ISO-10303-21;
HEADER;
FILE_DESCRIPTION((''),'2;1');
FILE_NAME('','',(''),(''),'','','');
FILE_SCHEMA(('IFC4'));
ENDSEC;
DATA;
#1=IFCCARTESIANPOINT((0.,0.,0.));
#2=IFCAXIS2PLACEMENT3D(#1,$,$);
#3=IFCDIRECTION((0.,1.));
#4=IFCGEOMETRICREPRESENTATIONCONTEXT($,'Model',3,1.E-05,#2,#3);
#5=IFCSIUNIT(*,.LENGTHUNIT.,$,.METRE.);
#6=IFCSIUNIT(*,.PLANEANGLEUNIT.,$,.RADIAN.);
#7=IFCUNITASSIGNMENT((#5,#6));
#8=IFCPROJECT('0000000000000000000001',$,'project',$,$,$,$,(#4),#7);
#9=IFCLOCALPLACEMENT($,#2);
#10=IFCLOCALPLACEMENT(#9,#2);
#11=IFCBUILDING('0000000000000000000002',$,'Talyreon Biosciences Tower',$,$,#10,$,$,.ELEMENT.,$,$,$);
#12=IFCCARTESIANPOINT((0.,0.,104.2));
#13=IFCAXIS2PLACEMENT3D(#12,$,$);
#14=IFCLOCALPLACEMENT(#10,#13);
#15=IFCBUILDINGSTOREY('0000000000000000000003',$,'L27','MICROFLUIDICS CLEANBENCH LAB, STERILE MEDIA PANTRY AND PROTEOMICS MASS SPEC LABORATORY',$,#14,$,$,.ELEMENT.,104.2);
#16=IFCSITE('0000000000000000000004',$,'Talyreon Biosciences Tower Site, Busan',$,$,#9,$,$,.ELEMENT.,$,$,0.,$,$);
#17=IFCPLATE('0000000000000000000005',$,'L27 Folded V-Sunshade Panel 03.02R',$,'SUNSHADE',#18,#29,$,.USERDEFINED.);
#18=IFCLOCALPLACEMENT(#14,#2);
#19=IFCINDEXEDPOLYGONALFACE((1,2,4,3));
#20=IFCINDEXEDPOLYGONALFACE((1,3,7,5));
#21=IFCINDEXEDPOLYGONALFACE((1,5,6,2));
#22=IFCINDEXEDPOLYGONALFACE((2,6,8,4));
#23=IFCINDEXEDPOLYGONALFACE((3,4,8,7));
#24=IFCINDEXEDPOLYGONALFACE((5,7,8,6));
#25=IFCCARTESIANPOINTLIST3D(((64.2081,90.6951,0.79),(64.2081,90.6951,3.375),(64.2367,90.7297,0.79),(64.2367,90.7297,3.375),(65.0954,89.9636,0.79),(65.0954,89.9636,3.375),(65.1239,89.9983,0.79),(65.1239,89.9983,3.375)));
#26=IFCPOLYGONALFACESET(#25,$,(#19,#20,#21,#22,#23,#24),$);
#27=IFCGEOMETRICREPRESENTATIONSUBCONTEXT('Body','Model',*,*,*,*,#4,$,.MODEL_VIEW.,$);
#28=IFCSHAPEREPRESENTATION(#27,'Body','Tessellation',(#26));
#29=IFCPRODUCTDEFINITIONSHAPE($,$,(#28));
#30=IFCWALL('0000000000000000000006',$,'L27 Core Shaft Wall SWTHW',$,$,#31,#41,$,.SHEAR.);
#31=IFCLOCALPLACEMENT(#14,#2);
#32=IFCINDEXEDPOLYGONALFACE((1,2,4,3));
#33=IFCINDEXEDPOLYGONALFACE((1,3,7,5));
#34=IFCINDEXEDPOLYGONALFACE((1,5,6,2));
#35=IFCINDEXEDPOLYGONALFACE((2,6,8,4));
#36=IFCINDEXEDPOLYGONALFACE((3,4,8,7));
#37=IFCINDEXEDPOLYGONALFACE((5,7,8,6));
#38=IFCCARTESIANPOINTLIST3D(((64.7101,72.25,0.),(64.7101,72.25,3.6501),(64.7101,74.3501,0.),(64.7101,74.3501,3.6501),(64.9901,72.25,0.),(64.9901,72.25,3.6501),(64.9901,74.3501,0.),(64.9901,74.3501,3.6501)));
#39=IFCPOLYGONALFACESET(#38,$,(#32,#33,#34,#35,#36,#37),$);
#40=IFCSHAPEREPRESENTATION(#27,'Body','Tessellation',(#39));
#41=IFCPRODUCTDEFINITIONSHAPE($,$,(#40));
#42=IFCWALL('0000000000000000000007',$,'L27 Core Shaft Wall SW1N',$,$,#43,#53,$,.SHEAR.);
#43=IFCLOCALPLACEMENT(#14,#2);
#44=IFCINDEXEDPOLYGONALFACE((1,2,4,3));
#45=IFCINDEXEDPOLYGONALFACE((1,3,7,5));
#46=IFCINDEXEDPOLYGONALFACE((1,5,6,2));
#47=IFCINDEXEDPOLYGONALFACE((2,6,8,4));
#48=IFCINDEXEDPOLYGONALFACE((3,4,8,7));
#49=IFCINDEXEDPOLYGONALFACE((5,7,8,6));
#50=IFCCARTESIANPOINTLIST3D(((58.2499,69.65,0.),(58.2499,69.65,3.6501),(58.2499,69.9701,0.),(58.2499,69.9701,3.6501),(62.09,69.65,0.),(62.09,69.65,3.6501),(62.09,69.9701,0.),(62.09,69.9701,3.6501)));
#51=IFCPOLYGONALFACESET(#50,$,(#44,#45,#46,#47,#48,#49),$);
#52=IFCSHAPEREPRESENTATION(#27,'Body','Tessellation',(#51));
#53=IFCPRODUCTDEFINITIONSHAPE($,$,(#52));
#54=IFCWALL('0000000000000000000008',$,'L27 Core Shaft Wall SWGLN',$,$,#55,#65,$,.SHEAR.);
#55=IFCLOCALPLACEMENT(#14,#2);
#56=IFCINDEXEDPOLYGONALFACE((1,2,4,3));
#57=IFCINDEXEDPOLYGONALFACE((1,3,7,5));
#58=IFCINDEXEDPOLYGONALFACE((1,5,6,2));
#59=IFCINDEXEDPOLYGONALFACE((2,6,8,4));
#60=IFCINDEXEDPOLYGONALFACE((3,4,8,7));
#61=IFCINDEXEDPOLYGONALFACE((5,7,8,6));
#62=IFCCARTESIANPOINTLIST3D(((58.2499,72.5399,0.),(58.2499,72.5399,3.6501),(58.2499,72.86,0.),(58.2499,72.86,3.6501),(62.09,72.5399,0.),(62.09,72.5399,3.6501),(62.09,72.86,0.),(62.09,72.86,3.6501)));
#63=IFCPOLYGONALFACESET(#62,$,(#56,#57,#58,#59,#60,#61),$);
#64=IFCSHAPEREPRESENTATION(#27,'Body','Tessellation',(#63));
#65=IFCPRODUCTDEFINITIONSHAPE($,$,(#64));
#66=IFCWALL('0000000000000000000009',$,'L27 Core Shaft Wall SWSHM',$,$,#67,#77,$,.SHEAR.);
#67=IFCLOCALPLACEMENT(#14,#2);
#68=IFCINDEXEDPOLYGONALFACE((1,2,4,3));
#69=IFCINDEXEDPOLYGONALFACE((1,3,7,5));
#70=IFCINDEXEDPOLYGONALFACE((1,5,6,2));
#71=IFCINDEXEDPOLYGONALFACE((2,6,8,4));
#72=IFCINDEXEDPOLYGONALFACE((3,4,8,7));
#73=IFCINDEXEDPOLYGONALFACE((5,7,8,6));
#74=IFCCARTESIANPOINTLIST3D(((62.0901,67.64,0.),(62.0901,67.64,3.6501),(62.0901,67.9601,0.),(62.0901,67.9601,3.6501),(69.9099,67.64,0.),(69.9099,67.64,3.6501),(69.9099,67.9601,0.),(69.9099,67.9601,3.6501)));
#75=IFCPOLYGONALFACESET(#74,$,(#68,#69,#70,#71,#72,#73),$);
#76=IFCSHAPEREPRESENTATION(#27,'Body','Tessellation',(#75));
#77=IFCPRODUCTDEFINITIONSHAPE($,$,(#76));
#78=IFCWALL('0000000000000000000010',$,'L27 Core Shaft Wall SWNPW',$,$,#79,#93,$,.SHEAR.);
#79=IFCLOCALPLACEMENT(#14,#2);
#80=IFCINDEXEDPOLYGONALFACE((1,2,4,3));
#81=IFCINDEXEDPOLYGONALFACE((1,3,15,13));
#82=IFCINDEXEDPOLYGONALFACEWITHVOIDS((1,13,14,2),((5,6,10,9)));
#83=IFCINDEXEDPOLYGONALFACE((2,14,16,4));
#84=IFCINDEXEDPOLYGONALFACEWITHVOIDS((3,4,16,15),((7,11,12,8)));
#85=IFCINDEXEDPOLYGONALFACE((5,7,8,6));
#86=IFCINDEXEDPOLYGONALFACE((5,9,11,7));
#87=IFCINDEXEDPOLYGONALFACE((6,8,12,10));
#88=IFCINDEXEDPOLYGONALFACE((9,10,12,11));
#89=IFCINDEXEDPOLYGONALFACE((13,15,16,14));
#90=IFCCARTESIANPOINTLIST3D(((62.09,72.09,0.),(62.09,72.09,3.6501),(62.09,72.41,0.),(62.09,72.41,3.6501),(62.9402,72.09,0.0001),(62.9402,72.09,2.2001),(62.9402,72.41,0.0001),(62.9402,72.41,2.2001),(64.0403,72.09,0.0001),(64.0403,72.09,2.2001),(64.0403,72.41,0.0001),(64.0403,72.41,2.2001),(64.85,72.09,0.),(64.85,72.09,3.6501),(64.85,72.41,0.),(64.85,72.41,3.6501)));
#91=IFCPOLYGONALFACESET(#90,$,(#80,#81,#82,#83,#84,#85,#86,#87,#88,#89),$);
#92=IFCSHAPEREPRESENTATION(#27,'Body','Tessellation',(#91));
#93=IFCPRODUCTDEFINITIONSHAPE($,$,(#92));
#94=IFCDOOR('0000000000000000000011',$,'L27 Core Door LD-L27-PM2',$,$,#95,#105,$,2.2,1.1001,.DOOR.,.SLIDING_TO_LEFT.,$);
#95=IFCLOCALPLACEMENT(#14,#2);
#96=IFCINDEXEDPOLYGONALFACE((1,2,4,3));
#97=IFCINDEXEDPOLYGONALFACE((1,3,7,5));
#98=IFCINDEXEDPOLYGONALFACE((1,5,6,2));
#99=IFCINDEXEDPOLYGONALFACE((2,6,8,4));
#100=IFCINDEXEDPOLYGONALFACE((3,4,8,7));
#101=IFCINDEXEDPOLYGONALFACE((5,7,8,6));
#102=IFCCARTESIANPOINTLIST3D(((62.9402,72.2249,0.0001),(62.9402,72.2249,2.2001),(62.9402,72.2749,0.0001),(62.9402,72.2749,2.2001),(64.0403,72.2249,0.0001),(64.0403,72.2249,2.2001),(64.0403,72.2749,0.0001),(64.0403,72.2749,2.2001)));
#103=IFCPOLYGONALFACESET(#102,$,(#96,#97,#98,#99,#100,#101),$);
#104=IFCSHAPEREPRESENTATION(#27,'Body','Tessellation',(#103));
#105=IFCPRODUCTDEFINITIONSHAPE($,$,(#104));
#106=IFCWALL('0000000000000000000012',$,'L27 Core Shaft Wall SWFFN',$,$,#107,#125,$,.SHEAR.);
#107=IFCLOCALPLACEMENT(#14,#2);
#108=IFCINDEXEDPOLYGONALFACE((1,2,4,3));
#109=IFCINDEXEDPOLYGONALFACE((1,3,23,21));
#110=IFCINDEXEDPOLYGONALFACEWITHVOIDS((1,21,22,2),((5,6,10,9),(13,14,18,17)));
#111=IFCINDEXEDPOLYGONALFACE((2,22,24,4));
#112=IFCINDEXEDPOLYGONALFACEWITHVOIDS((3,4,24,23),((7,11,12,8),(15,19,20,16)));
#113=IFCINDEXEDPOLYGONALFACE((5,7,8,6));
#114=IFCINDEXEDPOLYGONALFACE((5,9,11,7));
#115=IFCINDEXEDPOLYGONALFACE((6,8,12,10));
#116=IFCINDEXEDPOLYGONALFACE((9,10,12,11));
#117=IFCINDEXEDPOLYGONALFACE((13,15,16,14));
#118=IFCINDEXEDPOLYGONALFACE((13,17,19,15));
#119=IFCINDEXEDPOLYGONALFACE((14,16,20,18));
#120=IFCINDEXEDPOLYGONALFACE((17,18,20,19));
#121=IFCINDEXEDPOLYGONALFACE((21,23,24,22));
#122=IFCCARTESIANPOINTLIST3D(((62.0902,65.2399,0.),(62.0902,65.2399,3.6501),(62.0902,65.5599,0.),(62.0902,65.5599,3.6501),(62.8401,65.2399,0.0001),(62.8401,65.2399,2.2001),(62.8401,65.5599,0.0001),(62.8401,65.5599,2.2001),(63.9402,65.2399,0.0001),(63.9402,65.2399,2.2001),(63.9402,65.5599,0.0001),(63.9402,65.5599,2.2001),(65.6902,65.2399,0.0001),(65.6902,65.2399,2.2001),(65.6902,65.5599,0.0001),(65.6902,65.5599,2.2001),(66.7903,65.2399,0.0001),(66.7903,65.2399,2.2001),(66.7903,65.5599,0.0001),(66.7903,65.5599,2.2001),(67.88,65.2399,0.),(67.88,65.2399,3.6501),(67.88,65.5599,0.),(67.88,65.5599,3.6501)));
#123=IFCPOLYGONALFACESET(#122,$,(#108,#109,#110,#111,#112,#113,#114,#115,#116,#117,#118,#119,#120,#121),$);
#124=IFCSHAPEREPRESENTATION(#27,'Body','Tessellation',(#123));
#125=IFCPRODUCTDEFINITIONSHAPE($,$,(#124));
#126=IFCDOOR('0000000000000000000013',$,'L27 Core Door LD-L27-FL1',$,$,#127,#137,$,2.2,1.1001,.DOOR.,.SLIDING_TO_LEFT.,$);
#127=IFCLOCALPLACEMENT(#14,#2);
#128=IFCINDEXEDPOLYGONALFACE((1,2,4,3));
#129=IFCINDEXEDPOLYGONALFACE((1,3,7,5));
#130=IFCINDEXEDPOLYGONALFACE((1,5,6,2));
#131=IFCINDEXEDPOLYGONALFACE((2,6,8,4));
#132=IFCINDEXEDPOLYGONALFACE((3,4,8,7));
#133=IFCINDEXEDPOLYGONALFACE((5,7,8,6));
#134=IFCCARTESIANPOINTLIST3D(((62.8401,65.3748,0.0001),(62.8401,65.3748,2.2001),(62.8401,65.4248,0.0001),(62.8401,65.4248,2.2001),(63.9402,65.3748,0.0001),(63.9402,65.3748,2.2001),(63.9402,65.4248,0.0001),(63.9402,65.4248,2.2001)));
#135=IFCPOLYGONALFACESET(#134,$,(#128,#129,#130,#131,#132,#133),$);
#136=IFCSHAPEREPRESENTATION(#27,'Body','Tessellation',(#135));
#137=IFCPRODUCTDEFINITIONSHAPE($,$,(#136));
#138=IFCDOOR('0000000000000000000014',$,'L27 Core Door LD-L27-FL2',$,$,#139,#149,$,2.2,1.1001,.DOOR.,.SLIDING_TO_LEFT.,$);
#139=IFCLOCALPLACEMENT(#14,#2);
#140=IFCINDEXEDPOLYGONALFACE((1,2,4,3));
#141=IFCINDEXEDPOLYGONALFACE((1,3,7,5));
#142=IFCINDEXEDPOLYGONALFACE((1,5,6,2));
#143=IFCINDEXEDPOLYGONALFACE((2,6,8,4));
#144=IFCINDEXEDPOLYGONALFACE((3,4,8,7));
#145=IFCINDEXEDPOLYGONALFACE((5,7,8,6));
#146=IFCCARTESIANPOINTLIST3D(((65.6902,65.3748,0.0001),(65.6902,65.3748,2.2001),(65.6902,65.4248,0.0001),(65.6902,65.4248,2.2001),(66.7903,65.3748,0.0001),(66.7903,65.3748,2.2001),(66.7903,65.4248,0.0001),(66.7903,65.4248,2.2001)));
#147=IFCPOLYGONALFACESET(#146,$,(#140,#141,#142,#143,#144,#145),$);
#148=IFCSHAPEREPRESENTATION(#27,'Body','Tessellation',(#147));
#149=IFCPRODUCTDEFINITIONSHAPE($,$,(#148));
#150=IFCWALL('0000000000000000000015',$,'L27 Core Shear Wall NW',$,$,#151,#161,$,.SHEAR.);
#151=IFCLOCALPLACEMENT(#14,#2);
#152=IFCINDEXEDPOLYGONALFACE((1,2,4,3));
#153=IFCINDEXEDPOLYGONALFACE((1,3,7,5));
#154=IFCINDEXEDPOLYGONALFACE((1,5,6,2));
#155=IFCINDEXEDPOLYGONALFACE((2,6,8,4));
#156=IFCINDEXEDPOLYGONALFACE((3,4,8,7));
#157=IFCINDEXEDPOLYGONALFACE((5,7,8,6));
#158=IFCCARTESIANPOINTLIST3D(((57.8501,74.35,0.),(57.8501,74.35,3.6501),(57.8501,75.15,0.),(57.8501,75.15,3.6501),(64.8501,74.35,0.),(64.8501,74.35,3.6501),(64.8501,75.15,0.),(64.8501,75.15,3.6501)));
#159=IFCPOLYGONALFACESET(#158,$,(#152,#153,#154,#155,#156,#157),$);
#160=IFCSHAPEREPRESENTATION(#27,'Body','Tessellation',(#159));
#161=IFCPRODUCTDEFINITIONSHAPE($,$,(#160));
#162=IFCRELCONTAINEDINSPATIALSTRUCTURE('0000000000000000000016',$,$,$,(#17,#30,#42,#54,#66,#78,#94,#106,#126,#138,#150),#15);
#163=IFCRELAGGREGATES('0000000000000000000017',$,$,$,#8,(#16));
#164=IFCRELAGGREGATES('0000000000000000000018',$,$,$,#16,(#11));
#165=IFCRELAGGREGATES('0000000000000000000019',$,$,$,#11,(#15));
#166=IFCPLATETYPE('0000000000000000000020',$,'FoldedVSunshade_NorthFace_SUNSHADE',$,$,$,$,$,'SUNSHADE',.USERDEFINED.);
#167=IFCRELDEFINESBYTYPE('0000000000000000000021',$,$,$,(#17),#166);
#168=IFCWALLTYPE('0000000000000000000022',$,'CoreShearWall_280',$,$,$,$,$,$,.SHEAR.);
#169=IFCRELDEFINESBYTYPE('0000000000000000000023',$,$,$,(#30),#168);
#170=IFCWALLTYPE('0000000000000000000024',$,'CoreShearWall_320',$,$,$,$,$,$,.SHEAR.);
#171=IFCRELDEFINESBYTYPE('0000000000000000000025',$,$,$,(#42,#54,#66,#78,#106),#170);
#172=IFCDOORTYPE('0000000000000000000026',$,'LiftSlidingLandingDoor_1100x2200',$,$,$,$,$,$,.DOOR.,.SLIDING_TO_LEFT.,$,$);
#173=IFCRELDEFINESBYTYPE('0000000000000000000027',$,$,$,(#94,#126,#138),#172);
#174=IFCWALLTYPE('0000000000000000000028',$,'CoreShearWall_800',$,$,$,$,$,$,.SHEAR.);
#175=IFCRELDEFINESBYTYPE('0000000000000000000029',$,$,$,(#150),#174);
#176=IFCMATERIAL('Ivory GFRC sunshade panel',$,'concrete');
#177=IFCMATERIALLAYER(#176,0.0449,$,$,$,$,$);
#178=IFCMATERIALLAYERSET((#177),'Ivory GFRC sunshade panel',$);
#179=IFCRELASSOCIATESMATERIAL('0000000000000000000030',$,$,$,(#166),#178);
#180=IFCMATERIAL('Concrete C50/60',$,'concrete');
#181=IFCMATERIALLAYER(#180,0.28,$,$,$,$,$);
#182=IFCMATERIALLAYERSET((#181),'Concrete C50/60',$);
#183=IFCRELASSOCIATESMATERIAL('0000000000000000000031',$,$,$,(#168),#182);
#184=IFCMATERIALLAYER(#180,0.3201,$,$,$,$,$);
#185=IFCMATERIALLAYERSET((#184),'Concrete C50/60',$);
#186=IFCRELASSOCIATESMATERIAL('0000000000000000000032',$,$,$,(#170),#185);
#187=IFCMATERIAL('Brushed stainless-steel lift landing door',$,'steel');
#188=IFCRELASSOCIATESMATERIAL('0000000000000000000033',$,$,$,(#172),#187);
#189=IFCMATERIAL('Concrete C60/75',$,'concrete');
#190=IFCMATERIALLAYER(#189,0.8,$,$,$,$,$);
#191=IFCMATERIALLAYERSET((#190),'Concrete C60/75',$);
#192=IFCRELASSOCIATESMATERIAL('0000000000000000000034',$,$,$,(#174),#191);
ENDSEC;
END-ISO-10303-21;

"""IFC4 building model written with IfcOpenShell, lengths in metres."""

from ifc_helpers import new_model, si_unit, direction, frame, frame_2d, origin, origin_2d, place, context, subcontext, project, spatial, rectangle, extrude, material, layer, layer_set, type_object, element, fill, save


model = new_model("IFC4")

# Units and contexts
model_context = context("Model", 3, precision=1e-05, world=origin(), true_north=direction((0.0, 1.0)))
body_context = subcontext(model_context, "Body", "Model", "MODEL_VIEW")
ifc_project = project(units=[si_unit("LENGTHUNIT", "METRE"), si_unit("PLANEANGLEUNIT", "RADIAN")], contexts=[model_context])

# Site, building, storey
site_placement = place(None, origin())
site = spatial("IfcSite", under=ifc_project, at=site_placement, Name="Talyreon Biosciences Tower Site, Busan", CompositionType="ELEMENT", RefElevation=0.0)
building_placement = place(site_placement, origin())
building = spatial("IfcBuilding", under=site, at=building_placement, Name="Talyreon Biosciences Tower", CompositionType="ELEMENT")
storey_placement = place(building_placement, frame((0.0, 0.0, 104.2)))
storey = spatial("IfcBuildingStorey", under=building, at=storey_placement, Name="L27", Description="MICROFLUIDICS CLEANBENCH LAB, STERILE MEDIA PANTRY AND PROTEOMICS MASS SPEC LABORATORY", CompositionType="ELEMENT", Elevation=104.2)

# Shared definitions
ifc_material_1 = material(Name="Concrete C50/60", Category="concrete")
ifc_material_2 = material(Name="Concrete C60/75", Category="concrete")

# Plate
ifc_material_3 = material(Name="Ivory GFRC sunshade panel", Category="concrete")
ifc_layer_1 = layer(ifc_material_3, 0.0449)
ifc_layer_set_1 = layer_set([ifc_layer_1], Name="Ivory GFRC sunshade panel")
plate_type_1 = type_object("IfcPlateType", Name="FoldedVSunshade_NorthFace_SUNSHADE", ElementType="SUNSHADE", PredefinedType="USERDEFINED", material=ifc_layer_set_1)
for number, where, z_axis, x_axis, name in (
    (1, (64.666, 90.3467, 0.79), (0.0, 0.0, 1.0), (0.771625, -0.636078, 0.0), "L27 Folded V-Sunshade Panel 03.02R"),
):
    element("IfcPlate", number, at=place(storey_placement, frame(where, z_axis=z_axis, x_axis=x_axis)), inside=storey, type_object=plate_type_1, Name=name, ObjectType="SUNSHADE", PredefinedType="USERDEFINED", context=body_context, shape_type="SweptSolid", body=[
        extrude(rectangle(XDim=1.1499, YDim=0.0449, at=origin_2d()), origin(), (0.0, 0.0, 1.0), 2.585),
    ])

# Walls
ifc_layer_2 = layer(ifc_material_1, 0.28)
ifc_layer_set_2 = layer_set([ifc_layer_2], Name="Concrete C50/60")
wall_type_1 = type_object("IfcWallType", Name="CoreShearWall_280", PredefinedType="SHEAR", material=ifc_layer_set_2)
wall_1_placement = place(storey_placement, frame((64.8501, 72.25, 0.0), z_axis=(0.0, 0.0, 1.0), x_axis=(0.0, 1.0, 0.0)))
element("IfcWall", 2, at=wall_1_placement, inside=storey, type_object=wall_type_1, Name="L27 Core Shaft Wall SWTHW", PredefinedType="SHEAR", context=body_context, shape_type="SweptSolid", body=[
    extrude(rectangle(XDim=2.1001, YDim=0.28, at=frame_2d((1.05, 0.0))), origin(), (0.0, 0.0, 1.0), 3.6501),
])
ifc_layer_3 = layer(ifc_material_1, 0.3201)
ifc_layer_set_3 = layer_set([ifc_layer_3], Name="Concrete C50/60")
wall_type_2 = type_object("IfcWallType", Name="CoreShearWall_320", PredefinedType="SHEAR", material=ifc_layer_set_3)
for number, where, z_axis, x_axis, name in (
    (3, (58.25, 69.8101, 0.0), (0.0, 0.0, 1.0), (1.0, 0.0, 0.0), "L27 Core Shaft Wall SW1N"),
    (4, (58.25, 72.7, 0.0), (0.0, 0.0, 1.0), (1.0, 0.0, 0.0), "L27 Core Shaft Wall SWGLN"),
):
    element("IfcWall", number, at=place(storey_placement, frame(where, z_axis=z_axis, x_axis=x_axis)), inside=storey, type_object=wall_type_2, Name=name, PredefinedType="SHEAR", context=body_context, shape_type="SweptSolid", body=[
        extrude(rectangle(XDim=3.8401, YDim=0.3201, at=frame_2d((1.9199, 0.0))), origin(), (0.0, 0.0, 1.0), 3.6501),
    ])
wall_2_placement = place(storey_placement, frame((62.0901, 67.8, 0.0), z_axis=(0.0, 0.0, 1.0), x_axis=(1.0, 0.0, 0.0)))
element("IfcWall", 5, at=wall_2_placement, inside=storey, type_object=wall_type_2, Name="L27 Core Shaft Wall SWSHM", PredefinedType="SHEAR", context=body_context, shape_type="SweptSolid", body=[
    extrude(rectangle(XDim=7.8198, YDim=0.3201, at=frame_2d((3.9099, 0.0))), origin(), (0.0, 0.0, 1.0), 3.6501),
])

# Shared definitions
ifc_material_4 = material(Name="Brushed stainless-steel lift landing door", Category="steel")
door_type_1 = type_object("IfcDoorType", Name="LiftSlidingLandingDoor_1100x2200", OperationType="SLIDING_TO_LEFT", PredefinedType="DOOR", material=ifc_material_4)

# Wall, opening, door
wall_3_placement = place(storey_placement, frame((62.0901, 72.25, 0.0), z_axis=(0.0, 0.0, 1.0), x_axis=(1.0, 0.0, 0.0)))
wall_3 = element("IfcWall", 6, at=wall_3_placement, inside=storey, type_object=wall_type_2, Name="L27 Core Shaft Wall SWNPW", PredefinedType="SHEAR", context=body_context, shape_type="SweptSolid", body=[
    extrude(rectangle(XDim=2.76, YDim=0.3201, at=frame_2d((1.3799, 0.0))), origin(), (0.0, 0.0, 1.0), 3.6501),
])
opening_1_placement = place(wall_3_placement, frame((0.8501, 0.0, 0.0)))
opening_1 = element("IfcOpeningElement", 7, at=opening_1_placement, cuts=wall_3, PredefinedType="OPENING", context=body_context, shape_type="SweptSolid", body=[
    extrude(rectangle(XDim=1.1001, YDim=2.2, at=frame_2d((0.55, 1.1001))), frame((0.0, 0.1699, 0.0), z_axis=(0.0, -1.0, 0.0), x_axis=(1.0, 0.0, 0.0)), (0.0, 0.0, 1.0), 0.3401),
])
door_1_placement = place(opening_1_placement, origin())
door_1 = element("IfcDoor", 8, at=door_1_placement, inside=storey, type_object=door_type_1, Name="L27 Core Door LD-L27-PM2", OperationType="SLIDING_TO_LEFT", OverallHeight=2.2, OverallWidth=1.1001, PredefinedType="DOOR", context=body_context, shape_type="SweptSolid", body=[
    extrude(rectangle(XDim=1.1001, YDim=2.2, at=frame_2d((0.55, 1.1001))), frame((0.0, 0.0249, 0.0), z_axis=(0.0, -1.0, 0.0), x_axis=(1.0, 0.0, 0.0)), (0.0, 0.0, 1.0), 0.05),
])
fill(opening_1, door_1)

# Wall, openings, doors
wall_4_placement = place(storey_placement, frame((62.0901, 65.3999, 0.0), z_axis=(0.0, 0.0, 1.0), x_axis=(1.0, 0.0, 0.0)))
wall_4 = element("IfcWall", 9, at=wall_4_placement, inside=storey, type_object=wall_type_2, Name="L27 Core Shaft Wall SWFFN", PredefinedType="SHEAR", context=body_context, shape_type="SweptSolid", body=[
    extrude(rectangle(XDim=5.7898, YDim=0.3201, at=frame_2d((2.895, 0.0))), origin(), (0.0, 0.0, 1.0), 3.6501),
])
opening_2_placement = place(wall_4_placement, frame((0.75, 0.0, 0.0)))
opening_2 = element("IfcOpeningElement", 10, at=opening_2_placement, cuts=wall_4, PredefinedType="OPENING", context=body_context, shape_type="SweptSolid", body=[
    extrude(rectangle(XDim=1.1001, YDim=2.2, at=frame_2d((0.55, 1.1001))), frame((0.0, 0.1699, 0.0), z_axis=(0.0, -1.0, 0.0), x_axis=(1.0, 0.0, 0.0)), (0.0, 0.0, 1.0), 0.3401),
])
opening_3_placement = place(wall_4_placement, frame((3.6001, 0.0, 0.0)))
opening_3 = element("IfcOpeningElement", 11, at=opening_3_placement, cuts=wall_4, PredefinedType="OPENING", context=body_context, shape_type="SweptSolid", body=[
    extrude(rectangle(XDim=1.1001, YDim=2.2, at=frame_2d((0.55, 1.1001))), frame((0.0, 0.1699, 0.0), z_axis=(0.0, -1.0, 0.0), x_axis=(1.0, 0.0, 0.0)), (0.0, 0.0, 1.0), 0.3401),
])
door_2_placement = place(opening_2_placement, origin())
door_2 = element("IfcDoor", 12, at=door_2_placement, inside=storey, type_object=door_type_1, Name="L27 Core Door LD-L27-FL1", OperationType="SLIDING_TO_LEFT", OverallHeight=2.2, OverallWidth=1.1001, PredefinedType="DOOR", context=body_context, shape_type="SweptSolid", body=[
    extrude(rectangle(XDim=1.1001, YDim=2.2, at=frame_2d((0.55, 1.1001))), frame((0.0, 0.0249, 0.0), z_axis=(0.0, -1.0, 0.0), x_axis=(1.0, 0.0, 0.0)), (0.0, 0.0, 1.0), 0.05),
])
fill(opening_2, door_2)
door_3_placement = place(opening_3_placement, origin())
door_3 = element("IfcDoor", 13, at=door_3_placement, inside=storey, type_object=door_type_1, Name="L27 Core Door LD-L27-FL2", OperationType="SLIDING_TO_LEFT", OverallHeight=2.2, OverallWidth=1.1001, PredefinedType="DOOR", context=body_context, shape_type="SweptSolid", body=[
    extrude(rectangle(XDim=1.1001, YDim=2.2, at=frame_2d((0.55, 1.1001))), frame((0.0, 0.0249, 0.0), z_axis=(0.0, -1.0, 0.0), x_axis=(1.0, 0.0, 0.0)), (0.0, 0.0, 1.0), 0.05),
])
fill(opening_3, door_3)

# Wall
ifc_layer_4 = layer(ifc_material_2, 0.8)
ifc_layer_set_4 = layer_set([ifc_layer_4], Name="Concrete C60/75")
wall_type_3 = type_object("IfcWallType", Name="CoreShearWall_800", PredefinedType="SHEAR", material=ifc_layer_set_4)
wall_5_placement = place(storey_placement, frame((64.8501, 74.75, 0.0), z_axis=(0.0, 0.0, 1.0), x_axis=(-1.0, 0.0, 0.0)))
element("IfcWall", 14, at=wall_5_placement, inside=storey, type_object=wall_type_3, Name="L27 Core Shear Wall NW", PredefinedType="SHEAR", context=body_context, shape_type="SweptSolid", body=[
    extrude(rectangle(XDim=7.0, YDim=0.8, at=frame_2d((3.5, 0.0))), origin(), (0.0, 0.0, 1.0), 3.6501),
])

save(model, "model.ifc")
